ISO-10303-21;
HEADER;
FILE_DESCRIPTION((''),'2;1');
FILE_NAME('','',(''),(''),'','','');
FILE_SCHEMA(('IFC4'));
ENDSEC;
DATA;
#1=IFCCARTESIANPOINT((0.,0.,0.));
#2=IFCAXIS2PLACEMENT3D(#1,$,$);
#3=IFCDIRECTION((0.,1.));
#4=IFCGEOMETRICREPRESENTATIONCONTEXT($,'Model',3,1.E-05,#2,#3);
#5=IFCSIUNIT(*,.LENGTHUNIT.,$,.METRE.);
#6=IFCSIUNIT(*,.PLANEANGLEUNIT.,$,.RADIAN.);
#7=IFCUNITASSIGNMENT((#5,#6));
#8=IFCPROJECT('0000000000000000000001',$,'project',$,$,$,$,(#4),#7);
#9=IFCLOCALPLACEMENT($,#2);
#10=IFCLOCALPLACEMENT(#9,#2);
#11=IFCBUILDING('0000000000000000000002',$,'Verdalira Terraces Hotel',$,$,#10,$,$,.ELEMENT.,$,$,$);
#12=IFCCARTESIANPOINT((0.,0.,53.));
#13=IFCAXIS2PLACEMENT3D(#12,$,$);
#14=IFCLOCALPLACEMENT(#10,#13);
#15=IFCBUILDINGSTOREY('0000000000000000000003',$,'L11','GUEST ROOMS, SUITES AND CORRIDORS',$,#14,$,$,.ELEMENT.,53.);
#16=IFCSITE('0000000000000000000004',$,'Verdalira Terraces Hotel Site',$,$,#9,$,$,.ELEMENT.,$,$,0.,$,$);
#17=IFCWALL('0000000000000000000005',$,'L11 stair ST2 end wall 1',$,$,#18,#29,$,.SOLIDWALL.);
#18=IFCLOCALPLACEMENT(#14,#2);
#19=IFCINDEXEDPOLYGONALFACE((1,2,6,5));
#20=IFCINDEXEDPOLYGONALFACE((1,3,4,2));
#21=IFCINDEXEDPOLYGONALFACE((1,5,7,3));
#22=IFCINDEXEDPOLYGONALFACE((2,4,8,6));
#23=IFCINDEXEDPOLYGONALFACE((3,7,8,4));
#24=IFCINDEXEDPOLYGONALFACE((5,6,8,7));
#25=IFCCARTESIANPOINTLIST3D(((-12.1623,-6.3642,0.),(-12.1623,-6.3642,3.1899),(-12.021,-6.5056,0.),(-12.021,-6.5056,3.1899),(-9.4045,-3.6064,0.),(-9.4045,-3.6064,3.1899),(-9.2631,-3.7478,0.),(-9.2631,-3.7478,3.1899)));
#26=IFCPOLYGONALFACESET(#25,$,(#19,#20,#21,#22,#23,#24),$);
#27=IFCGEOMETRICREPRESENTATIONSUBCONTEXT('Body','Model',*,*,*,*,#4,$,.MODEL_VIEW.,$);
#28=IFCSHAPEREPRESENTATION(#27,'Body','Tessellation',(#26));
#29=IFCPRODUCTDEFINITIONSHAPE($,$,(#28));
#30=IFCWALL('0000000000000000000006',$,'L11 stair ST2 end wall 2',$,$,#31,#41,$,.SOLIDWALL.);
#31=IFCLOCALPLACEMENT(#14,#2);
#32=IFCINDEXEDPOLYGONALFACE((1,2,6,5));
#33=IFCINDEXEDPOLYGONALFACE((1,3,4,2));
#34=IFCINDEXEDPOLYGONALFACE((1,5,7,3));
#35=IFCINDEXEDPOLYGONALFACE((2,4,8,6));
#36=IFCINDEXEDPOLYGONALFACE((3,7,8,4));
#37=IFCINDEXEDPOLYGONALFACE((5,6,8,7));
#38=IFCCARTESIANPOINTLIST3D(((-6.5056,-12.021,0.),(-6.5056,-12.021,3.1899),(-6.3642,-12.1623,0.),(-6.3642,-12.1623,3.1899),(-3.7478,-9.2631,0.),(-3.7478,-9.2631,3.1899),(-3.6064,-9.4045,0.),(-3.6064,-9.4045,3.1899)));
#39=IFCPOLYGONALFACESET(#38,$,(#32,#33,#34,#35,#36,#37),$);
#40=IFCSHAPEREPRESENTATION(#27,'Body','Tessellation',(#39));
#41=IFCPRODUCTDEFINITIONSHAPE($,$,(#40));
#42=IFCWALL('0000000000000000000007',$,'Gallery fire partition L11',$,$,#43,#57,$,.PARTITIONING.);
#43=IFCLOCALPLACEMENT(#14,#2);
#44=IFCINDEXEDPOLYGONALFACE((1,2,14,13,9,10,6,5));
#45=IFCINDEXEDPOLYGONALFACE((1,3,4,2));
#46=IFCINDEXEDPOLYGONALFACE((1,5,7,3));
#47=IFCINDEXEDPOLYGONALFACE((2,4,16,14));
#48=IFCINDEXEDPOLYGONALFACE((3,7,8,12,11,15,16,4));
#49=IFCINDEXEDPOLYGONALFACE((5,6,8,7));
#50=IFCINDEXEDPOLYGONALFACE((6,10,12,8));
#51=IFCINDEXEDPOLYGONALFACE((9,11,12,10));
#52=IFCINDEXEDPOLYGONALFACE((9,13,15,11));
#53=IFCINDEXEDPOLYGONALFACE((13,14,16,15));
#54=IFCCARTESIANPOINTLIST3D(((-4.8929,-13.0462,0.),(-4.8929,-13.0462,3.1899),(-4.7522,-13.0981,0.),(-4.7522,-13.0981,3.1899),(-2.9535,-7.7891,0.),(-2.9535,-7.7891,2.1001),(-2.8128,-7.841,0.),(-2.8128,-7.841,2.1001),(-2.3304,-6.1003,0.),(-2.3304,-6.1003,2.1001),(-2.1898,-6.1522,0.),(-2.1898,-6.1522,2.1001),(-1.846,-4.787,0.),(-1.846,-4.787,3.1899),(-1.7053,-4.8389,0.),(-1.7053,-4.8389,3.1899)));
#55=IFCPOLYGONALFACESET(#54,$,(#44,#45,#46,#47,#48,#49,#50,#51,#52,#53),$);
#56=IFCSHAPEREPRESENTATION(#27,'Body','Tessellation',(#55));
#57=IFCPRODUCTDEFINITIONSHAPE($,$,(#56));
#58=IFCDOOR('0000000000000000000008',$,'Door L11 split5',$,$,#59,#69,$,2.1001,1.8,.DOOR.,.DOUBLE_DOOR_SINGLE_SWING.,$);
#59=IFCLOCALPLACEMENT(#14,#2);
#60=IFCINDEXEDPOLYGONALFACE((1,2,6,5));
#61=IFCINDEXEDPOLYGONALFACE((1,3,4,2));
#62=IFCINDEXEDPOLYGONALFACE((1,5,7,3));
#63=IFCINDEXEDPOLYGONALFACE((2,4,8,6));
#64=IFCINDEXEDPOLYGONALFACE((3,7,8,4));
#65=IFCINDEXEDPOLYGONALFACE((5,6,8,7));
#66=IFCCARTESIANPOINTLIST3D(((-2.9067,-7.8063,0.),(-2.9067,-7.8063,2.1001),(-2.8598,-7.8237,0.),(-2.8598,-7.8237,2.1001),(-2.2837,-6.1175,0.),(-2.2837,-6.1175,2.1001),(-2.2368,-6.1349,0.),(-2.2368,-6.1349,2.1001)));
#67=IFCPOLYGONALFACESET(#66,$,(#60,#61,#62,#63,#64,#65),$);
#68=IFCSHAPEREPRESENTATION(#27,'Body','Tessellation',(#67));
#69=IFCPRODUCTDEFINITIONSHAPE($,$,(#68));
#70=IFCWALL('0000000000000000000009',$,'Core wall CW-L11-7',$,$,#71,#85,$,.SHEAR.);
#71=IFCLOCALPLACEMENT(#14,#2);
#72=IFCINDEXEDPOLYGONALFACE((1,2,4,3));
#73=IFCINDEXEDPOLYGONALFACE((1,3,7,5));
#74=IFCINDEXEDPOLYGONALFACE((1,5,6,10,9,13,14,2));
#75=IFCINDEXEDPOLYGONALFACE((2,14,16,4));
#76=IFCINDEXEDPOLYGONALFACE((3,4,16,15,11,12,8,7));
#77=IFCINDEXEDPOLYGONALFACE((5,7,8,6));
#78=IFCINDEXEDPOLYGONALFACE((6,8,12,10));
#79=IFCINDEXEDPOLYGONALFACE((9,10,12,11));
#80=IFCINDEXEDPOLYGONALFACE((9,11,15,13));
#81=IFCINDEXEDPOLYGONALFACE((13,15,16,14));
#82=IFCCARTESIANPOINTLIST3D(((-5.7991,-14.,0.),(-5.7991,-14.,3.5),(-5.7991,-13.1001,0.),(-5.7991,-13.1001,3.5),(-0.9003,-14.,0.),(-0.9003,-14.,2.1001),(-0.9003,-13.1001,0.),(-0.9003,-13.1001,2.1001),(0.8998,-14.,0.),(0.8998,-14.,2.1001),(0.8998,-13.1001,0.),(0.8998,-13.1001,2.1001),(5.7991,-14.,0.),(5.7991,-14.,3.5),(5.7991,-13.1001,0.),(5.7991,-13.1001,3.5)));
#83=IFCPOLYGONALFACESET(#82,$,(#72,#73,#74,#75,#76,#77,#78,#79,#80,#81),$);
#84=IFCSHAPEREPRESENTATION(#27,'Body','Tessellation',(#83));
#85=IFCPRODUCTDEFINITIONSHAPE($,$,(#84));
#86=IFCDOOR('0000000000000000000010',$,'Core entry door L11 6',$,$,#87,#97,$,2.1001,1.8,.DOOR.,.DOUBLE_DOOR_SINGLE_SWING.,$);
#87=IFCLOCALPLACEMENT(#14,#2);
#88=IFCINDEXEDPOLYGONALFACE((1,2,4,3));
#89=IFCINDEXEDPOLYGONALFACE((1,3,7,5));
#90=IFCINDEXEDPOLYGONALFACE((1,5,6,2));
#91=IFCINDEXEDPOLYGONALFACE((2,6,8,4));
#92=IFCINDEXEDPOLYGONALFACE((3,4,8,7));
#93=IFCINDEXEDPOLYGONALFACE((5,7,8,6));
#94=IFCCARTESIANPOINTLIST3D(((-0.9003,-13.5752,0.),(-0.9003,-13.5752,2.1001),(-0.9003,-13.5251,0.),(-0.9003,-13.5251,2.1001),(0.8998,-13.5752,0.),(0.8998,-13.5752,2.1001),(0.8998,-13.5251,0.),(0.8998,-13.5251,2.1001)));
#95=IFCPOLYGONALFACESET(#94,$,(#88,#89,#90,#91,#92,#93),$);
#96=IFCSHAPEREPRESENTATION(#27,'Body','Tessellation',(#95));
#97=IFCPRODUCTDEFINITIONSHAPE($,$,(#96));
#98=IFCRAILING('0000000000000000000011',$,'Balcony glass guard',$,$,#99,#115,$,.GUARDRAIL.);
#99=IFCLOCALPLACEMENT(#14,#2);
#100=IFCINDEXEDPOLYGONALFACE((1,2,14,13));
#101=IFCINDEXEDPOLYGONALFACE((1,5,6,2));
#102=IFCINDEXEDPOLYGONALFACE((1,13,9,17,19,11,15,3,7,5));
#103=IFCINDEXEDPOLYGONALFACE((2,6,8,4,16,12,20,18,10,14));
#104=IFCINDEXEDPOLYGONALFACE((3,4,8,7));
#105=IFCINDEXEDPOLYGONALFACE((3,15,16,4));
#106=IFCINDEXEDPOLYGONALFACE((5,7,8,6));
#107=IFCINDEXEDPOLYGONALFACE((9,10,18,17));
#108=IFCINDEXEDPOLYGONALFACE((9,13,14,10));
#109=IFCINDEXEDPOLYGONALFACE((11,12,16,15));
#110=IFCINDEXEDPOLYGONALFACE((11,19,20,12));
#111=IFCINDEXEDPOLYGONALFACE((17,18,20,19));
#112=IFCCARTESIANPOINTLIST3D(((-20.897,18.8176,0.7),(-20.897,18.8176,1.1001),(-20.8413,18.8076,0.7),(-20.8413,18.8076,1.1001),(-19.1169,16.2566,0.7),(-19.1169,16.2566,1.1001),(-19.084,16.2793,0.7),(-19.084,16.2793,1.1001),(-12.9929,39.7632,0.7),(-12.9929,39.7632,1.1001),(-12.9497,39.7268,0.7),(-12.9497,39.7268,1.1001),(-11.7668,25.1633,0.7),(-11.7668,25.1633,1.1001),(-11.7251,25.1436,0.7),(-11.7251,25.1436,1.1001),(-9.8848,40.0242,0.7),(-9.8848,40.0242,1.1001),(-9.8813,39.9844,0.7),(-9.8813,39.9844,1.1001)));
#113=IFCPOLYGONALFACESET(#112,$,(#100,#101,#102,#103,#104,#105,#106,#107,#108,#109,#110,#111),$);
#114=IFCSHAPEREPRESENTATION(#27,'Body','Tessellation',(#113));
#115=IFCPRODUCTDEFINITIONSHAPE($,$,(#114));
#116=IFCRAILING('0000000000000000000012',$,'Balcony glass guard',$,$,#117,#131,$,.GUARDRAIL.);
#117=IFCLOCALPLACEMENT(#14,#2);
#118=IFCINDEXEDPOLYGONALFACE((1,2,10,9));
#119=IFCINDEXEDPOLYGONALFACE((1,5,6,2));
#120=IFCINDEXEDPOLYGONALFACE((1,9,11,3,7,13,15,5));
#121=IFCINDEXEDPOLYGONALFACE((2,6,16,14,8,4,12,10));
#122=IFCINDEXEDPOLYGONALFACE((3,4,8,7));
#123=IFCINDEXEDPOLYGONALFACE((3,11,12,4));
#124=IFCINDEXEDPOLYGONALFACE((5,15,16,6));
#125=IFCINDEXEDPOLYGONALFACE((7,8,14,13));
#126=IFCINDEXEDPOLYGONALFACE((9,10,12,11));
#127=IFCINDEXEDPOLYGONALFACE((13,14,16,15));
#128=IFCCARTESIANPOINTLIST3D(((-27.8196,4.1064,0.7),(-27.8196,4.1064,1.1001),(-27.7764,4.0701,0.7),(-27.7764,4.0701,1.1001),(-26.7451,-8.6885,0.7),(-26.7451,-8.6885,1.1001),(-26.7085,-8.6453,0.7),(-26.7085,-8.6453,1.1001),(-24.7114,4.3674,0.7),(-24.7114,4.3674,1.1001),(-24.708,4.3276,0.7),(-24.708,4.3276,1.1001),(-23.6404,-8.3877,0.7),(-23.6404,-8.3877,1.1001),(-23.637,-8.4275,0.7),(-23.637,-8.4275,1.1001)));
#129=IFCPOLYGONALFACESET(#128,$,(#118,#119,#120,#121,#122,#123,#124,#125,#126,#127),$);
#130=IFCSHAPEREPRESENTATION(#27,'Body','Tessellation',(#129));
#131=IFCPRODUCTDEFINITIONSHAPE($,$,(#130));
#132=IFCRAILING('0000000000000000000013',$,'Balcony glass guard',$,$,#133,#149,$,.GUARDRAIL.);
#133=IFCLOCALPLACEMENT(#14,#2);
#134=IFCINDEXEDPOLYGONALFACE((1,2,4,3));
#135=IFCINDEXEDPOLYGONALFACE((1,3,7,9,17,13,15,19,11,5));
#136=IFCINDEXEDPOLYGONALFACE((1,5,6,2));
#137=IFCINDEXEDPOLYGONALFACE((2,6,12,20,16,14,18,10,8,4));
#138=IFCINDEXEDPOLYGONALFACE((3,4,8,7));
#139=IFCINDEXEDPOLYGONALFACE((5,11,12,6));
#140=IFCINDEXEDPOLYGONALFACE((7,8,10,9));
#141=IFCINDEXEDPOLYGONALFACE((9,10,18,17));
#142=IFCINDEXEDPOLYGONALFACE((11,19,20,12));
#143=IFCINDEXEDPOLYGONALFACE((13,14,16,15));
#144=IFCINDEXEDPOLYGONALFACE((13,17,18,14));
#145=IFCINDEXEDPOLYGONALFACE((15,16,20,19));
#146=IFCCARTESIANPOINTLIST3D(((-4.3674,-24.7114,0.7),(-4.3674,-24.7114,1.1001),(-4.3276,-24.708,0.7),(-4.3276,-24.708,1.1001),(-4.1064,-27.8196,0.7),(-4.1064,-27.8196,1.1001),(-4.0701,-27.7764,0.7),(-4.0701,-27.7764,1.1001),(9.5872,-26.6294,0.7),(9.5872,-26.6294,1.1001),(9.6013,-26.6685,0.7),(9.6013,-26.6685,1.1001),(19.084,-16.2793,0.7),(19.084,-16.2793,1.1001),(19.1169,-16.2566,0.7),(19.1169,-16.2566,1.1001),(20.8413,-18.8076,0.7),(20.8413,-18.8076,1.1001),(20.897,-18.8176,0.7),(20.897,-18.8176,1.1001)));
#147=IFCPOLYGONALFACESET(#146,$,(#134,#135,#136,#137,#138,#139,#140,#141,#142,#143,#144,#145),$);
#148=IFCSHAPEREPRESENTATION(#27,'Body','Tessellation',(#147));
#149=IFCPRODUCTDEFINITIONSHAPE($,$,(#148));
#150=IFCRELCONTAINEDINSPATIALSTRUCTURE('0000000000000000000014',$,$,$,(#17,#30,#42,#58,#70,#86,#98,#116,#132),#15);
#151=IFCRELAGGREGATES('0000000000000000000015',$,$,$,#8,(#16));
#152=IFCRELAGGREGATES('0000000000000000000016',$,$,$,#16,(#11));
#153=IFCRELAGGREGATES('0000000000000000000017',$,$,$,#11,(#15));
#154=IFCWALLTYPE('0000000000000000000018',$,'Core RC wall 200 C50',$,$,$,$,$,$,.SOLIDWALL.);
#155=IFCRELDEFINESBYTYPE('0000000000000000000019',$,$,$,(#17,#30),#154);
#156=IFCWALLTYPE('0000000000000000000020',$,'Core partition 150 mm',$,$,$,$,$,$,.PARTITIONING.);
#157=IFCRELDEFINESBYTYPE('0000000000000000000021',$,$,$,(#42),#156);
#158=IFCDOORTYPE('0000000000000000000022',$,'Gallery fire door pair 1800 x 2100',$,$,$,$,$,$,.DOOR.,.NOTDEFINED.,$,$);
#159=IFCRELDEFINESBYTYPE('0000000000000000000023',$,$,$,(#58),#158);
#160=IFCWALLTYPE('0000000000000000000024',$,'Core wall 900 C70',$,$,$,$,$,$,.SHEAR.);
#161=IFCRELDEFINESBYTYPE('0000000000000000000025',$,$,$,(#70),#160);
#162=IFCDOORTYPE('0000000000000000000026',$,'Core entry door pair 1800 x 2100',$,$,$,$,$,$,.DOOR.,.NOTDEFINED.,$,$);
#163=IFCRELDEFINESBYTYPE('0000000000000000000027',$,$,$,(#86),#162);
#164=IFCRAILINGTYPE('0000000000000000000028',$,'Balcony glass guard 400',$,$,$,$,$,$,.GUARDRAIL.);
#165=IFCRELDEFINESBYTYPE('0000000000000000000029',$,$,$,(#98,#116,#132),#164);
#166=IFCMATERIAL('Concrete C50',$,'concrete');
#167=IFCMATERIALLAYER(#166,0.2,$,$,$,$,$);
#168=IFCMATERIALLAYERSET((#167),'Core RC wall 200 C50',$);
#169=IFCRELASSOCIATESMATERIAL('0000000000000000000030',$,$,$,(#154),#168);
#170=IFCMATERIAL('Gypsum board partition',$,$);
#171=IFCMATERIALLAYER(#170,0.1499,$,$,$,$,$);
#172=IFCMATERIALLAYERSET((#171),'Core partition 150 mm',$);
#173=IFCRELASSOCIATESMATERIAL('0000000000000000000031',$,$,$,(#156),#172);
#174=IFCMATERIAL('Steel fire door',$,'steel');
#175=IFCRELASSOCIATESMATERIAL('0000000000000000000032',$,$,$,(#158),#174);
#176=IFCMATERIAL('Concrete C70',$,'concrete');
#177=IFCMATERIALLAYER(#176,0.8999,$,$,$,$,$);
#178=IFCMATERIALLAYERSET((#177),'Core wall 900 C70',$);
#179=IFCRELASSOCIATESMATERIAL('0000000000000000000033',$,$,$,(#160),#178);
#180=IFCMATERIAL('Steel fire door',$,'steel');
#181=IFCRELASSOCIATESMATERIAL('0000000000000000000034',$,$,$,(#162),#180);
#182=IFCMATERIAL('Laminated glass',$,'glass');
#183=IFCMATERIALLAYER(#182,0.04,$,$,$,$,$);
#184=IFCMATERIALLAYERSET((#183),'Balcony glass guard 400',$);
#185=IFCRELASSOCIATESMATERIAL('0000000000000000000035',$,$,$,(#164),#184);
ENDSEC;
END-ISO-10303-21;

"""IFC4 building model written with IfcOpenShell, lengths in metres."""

from ifc_helpers import new_model, si_unit, direction, frame, frame_2d, origin, place, context, subcontext, project, spatial, polyline, rectangle, outline, extrude, material, layer, layer_set, type_object, element, fill, save


model = new_model("IFC4")

# Units and contexts
model_context = context("Model", 3, precision=1e-05, world=origin(), true_north=direction((0.0, 1.0)))
body_context = subcontext(model_context, "Body", "Model", "MODEL_VIEW")
ifc_project = project(units=[si_unit("LENGTHUNIT", "METRE"), si_unit("PLANEANGLEUNIT", "RADIAN")], contexts=[model_context])

# Site, building, storey
site_placement = place(None, origin())
site = spatial("IfcSite", under=ifc_project, at=site_placement, Name="Verdalira Terraces Hotel Site", CompositionType="ELEMENT", RefElevation=0.0)
building_placement = place(site_placement, origin())
building = spatial("IfcBuilding", under=site, at=building_placement, Name="Verdalira Terraces Hotel", CompositionType="ELEMENT")
storey_placement = place(building_placement, frame((0.0, 0.0, 53.0)))
storey = spatial("IfcBuildingStorey", under=building, at=storey_placement, Name="L11", Description="GUEST ROOMS, SUITES AND CORRIDORS", CompositionType="ELEMENT", Elevation=53.0)

# Shared definitions
ifc_material_1 = material(Name="Concrete C50", Category="concrete")
ifc_layer_1 = layer(ifc_material_1, 0.2)
ifc_layer_set_1 = layer_set([ifc_layer_1], Name="Core RC wall 200 C50")
wall_type_1 = type_object("IfcWallType", Name="Core RC wall 200 C50", PredefinedType="SOLIDWALL", material=ifc_layer_set_1)

# Walls
for number, where, z_axis, x_axis, name in (
    (1, (-9.3337, -3.677, 0.0), (0.0, 0.0, 1.0), (-0.707107, -0.707107, 0.0), "L11 stair ST2 end wall 1"),
    (2, (-3.677, -9.3337, 0.0), (0.0, 0.0, 1.0), (-0.707107, -0.707107, 0.0), "L11 stair ST2 end wall 2"),
):
    element("IfcWall", number, at=place(storey_placement, frame(where, z_axis=z_axis, x_axis=x_axis)), inside=storey, type_object=wall_type_1, Name=name, PredefinedType="SOLIDWALL", context=body_context, shape_type="SweptSolid", body=[
        extrude(rectangle(XDim=3.9001, YDim=0.2, at=frame_2d((1.9502, 0.0))), origin(), (0.0, 0.0, 1.0), 3.1899),
    ])

# Walls, openings, doors
ifc_material_2 = material(Name="Gypsum board partition")
ifc_layer_2 = layer(ifc_material_2, 0.1499)
ifc_layer_set_2 = layer_set([ifc_layer_2], Name="Core partition 150 mm")
wall_type_2 = type_object("IfcWallType", Name="Core partition 150 mm", PredefinedType="PARTITIONING", material=ifc_layer_set_2)
wall_1_placement = place(storey_placement, frame((-1.7756, -4.813, 0.0), z_axis=(0.0, 0.0, 1.0), x_axis=(-0.346113, -0.938193, 0.0)))
wall_1 = element("IfcWall", 3, at=wall_1_placement, inside=storey, type_object=wall_type_2, Name="Gallery fire partition L11", PredefinedType="PARTITIONING", context=body_context, shape_type="SweptSolid", body=[
    extrude(rectangle(XDim=8.8032, YDim=0.1499, at=frame_2d((4.4016, 0.0))), origin(), (0.0, 0.0, 1.0), 3.1899),
])
opening_1_placement = place(wall_1_placement, frame((1.3999, 0.0, 0.0)))
opening_1 = element("IfcOpeningElement", 4, at=opening_1_placement, cuts=wall_1, PredefinedType="OPENING", context=body_context, shape_type="SweptSolid", body=[
    extrude(rectangle(XDim=1.8, YDim=2.1001, at=frame_2d((0.8999, 1.05))), frame((0.0, 0.085, 0.0), z_axis=(0.0, -1.0, 0.0), x_axis=(1.0, 0.0, 0.0)), (0.0, 0.0, 1.0), 0.1699),
])
ifc_material_3 = material(Name="Steel fire door", Category="steel")
door_type_1 = type_object("IfcDoorType", Name="Gallery fire door pair 1800 x 2100", OperationType="NOTDEFINED", PredefinedType="DOOR", material=ifc_material_3)
door_1_placement = place(opening_1_placement, origin())
door_1 = element("IfcDoor", 5, at=door_1_placement, inside=storey, type_object=door_type_1, Name="Door L11 split5", OperationType="DOUBLE_DOOR_SINGLE_SWING", OverallHeight=2.1001, OverallWidth=1.8, PredefinedType="DOOR", context=body_context, shape_type="SweptSolid", body=[
    extrude(rectangle(XDim=1.8, YDim=2.1001, at=frame_2d((0.8999, 1.05))), frame((0.0, 0.0249, 0.0), z_axis=(0.0, -1.0, 0.0), x_axis=(1.0, 0.0, 0.0)), (0.0, 0.0, 1.0), 0.05),
])
fill(opening_1, door_1)
ifc_material_4 = material(Name="Concrete C70", Category="concrete")
ifc_layer_3 = layer(ifc_material_4, 0.8999)
ifc_layer_set_3 = layer_set([ifc_layer_3], Name="Core wall 900 C70")
wall_type_3 = type_object("IfcWallType", Name="Core wall 900 C70", PredefinedType="SHEAR", material=ifc_layer_set_3)
wall_2_placement = place(storey_placement, frame((-5.7991, -13.55, 0.0), z_axis=(0.0, 0.0, 1.0), x_axis=(1.0, 0.0, 0.0)))
wall_2 = element("IfcWall", 6, at=wall_2_placement, inside=storey, type_object=wall_type_3, Name="Core wall CW-L11-7", PredefinedType="SHEAR", context=body_context, shape_type="SweptSolid", body=[
    extrude(rectangle(XDim=11.5981, YDim=0.8999, at=frame_2d((5.7991, 0.0))), origin(), (0.0, 0.0, 1.0), 3.5),
])
opening_2_placement = place(wall_2_placement, frame((4.8989, 0.0, 0.0)))
opening_2 = element("IfcOpeningElement", 7, at=opening_2_placement, cuts=wall_2, PredefinedType="OPENING", context=body_context, shape_type="SweptSolid", body=[
    extrude(rectangle(XDim=1.8, YDim=2.1001, at=frame_2d((0.8999, 1.05))), frame((0.0, 0.46, 0.0), z_axis=(0.0, -1.0, 0.0), x_axis=(1.0, 0.0, 0.0)), (0.0, 0.0, 1.0), 0.9199),
])
ifc_material_5 = material(Name="Steel fire door", Category="steel")
door_type_2 = type_object("IfcDoorType", Name="Core entry door pair 1800 x 2100", OperationType="NOTDEFINED", PredefinedType="DOOR", material=ifc_material_5)
door_2_placement = place(opening_2_placement, origin())
door_2 = element("IfcDoor", 8, at=door_2_placement, inside=storey, type_object=door_type_2, Name="Core entry door L11 6", OperationType="DOUBLE_DOOR_SINGLE_SWING", OverallHeight=2.1001, OverallWidth=1.8, PredefinedType="DOOR", context=body_context, shape_type="SweptSolid", body=[
    extrude(rectangle(XDim=1.8, YDim=2.1001, at=frame_2d((0.8999, 1.05))), frame((0.0, 0.0249, 0.0), z_axis=(0.0, -1.0, 0.0), x_axis=(1.0, 0.0, 0.0)), (0.0, 0.0, 1.0), 0.05),
])
fill(opening_2, door_2)

# Railings
ifc_material_6 = material(Name="Laminated glass", Category="glass")
ifc_layer_4 = layer(ifc_material_6, 0.04)
ifc_layer_set_4 = layer_set([ifc_layer_4], Name="Balcony glass guard 400")
railing_type_1 = type_object("IfcRailingType", Name="Balcony glass guard 400", PredefinedType="GUARDRAIL", material=ifc_layer_set_4)
railing_1_placement = place(storey_placement, frame((0.0, 0.0, 0.7)))
element("IfcRailing", 9, at=railing_1_placement, inside=storey, type_object=railing_type_1, Name="Balcony glass guard", PredefinedType="GUARDRAIL", context=body_context, shape_type="SweptSolid", body=[
    extrude(outline(polyline([(-12.9497, 39.7268), (-11.7251, 25.1436), (-20.8413, 18.8076), (-19.084, 16.2793), (-19.1169, 16.2566), (-20.897, 18.8176), (-11.7668, 25.1633), (-12.9929, 39.7632), (-9.8848, 40.0242), (-9.8813, 39.9844), (-12.9497, 39.7268)])), origin(), (0.0, 0.0, 1.0), 0.4001),
])
railing_2_placement = place(storey_placement, frame((0.0, 0.0, 0.7)))
element("IfcRailing", 10, at=railing_2_placement, inside=storey, type_object=railing_type_1, Name="Balcony glass guard", PredefinedType="GUARDRAIL", context=body_context, shape_type="SweptSolid", body=[
    extrude(outline(polyline([(-27.7764, 4.0701), (-26.7085, -8.6453), (-23.6404, -8.3877), (-23.637, -8.4275), (-26.7451, -8.6885), (-27.8196, 4.1064), (-24.7114, 4.3674), (-24.708, 4.3276), (-27.7764, 4.0701)])), origin(), (0.0, 0.0, 1.0), 0.4001),
])
railing_3_placement = place(storey_placement, frame((0.0, 0.0, 0.7)))
element("IfcRailing", 11, at=railing_3_placement, inside=storey, type_object=railing_type_1, Name="Balcony glass guard", PredefinedType="GUARDRAIL", context=body_context, shape_type="SweptSolid", body=[
    extrude(outline(polyline([(-4.0701, -27.7764), (9.5872, -26.6294), (20.8413, -18.8076), (19.084, -16.2793), (19.1169, -16.2566), (20.897, -18.8176), (9.6013, -26.6685), (-4.1064, -27.8196), (-4.3674, -24.7114), (-4.3276, -24.708), (-4.0701, -27.7764)])), origin(), (0.0, 0.0, 1.0), 0.4001),
])

save(model, "model.ifc")
